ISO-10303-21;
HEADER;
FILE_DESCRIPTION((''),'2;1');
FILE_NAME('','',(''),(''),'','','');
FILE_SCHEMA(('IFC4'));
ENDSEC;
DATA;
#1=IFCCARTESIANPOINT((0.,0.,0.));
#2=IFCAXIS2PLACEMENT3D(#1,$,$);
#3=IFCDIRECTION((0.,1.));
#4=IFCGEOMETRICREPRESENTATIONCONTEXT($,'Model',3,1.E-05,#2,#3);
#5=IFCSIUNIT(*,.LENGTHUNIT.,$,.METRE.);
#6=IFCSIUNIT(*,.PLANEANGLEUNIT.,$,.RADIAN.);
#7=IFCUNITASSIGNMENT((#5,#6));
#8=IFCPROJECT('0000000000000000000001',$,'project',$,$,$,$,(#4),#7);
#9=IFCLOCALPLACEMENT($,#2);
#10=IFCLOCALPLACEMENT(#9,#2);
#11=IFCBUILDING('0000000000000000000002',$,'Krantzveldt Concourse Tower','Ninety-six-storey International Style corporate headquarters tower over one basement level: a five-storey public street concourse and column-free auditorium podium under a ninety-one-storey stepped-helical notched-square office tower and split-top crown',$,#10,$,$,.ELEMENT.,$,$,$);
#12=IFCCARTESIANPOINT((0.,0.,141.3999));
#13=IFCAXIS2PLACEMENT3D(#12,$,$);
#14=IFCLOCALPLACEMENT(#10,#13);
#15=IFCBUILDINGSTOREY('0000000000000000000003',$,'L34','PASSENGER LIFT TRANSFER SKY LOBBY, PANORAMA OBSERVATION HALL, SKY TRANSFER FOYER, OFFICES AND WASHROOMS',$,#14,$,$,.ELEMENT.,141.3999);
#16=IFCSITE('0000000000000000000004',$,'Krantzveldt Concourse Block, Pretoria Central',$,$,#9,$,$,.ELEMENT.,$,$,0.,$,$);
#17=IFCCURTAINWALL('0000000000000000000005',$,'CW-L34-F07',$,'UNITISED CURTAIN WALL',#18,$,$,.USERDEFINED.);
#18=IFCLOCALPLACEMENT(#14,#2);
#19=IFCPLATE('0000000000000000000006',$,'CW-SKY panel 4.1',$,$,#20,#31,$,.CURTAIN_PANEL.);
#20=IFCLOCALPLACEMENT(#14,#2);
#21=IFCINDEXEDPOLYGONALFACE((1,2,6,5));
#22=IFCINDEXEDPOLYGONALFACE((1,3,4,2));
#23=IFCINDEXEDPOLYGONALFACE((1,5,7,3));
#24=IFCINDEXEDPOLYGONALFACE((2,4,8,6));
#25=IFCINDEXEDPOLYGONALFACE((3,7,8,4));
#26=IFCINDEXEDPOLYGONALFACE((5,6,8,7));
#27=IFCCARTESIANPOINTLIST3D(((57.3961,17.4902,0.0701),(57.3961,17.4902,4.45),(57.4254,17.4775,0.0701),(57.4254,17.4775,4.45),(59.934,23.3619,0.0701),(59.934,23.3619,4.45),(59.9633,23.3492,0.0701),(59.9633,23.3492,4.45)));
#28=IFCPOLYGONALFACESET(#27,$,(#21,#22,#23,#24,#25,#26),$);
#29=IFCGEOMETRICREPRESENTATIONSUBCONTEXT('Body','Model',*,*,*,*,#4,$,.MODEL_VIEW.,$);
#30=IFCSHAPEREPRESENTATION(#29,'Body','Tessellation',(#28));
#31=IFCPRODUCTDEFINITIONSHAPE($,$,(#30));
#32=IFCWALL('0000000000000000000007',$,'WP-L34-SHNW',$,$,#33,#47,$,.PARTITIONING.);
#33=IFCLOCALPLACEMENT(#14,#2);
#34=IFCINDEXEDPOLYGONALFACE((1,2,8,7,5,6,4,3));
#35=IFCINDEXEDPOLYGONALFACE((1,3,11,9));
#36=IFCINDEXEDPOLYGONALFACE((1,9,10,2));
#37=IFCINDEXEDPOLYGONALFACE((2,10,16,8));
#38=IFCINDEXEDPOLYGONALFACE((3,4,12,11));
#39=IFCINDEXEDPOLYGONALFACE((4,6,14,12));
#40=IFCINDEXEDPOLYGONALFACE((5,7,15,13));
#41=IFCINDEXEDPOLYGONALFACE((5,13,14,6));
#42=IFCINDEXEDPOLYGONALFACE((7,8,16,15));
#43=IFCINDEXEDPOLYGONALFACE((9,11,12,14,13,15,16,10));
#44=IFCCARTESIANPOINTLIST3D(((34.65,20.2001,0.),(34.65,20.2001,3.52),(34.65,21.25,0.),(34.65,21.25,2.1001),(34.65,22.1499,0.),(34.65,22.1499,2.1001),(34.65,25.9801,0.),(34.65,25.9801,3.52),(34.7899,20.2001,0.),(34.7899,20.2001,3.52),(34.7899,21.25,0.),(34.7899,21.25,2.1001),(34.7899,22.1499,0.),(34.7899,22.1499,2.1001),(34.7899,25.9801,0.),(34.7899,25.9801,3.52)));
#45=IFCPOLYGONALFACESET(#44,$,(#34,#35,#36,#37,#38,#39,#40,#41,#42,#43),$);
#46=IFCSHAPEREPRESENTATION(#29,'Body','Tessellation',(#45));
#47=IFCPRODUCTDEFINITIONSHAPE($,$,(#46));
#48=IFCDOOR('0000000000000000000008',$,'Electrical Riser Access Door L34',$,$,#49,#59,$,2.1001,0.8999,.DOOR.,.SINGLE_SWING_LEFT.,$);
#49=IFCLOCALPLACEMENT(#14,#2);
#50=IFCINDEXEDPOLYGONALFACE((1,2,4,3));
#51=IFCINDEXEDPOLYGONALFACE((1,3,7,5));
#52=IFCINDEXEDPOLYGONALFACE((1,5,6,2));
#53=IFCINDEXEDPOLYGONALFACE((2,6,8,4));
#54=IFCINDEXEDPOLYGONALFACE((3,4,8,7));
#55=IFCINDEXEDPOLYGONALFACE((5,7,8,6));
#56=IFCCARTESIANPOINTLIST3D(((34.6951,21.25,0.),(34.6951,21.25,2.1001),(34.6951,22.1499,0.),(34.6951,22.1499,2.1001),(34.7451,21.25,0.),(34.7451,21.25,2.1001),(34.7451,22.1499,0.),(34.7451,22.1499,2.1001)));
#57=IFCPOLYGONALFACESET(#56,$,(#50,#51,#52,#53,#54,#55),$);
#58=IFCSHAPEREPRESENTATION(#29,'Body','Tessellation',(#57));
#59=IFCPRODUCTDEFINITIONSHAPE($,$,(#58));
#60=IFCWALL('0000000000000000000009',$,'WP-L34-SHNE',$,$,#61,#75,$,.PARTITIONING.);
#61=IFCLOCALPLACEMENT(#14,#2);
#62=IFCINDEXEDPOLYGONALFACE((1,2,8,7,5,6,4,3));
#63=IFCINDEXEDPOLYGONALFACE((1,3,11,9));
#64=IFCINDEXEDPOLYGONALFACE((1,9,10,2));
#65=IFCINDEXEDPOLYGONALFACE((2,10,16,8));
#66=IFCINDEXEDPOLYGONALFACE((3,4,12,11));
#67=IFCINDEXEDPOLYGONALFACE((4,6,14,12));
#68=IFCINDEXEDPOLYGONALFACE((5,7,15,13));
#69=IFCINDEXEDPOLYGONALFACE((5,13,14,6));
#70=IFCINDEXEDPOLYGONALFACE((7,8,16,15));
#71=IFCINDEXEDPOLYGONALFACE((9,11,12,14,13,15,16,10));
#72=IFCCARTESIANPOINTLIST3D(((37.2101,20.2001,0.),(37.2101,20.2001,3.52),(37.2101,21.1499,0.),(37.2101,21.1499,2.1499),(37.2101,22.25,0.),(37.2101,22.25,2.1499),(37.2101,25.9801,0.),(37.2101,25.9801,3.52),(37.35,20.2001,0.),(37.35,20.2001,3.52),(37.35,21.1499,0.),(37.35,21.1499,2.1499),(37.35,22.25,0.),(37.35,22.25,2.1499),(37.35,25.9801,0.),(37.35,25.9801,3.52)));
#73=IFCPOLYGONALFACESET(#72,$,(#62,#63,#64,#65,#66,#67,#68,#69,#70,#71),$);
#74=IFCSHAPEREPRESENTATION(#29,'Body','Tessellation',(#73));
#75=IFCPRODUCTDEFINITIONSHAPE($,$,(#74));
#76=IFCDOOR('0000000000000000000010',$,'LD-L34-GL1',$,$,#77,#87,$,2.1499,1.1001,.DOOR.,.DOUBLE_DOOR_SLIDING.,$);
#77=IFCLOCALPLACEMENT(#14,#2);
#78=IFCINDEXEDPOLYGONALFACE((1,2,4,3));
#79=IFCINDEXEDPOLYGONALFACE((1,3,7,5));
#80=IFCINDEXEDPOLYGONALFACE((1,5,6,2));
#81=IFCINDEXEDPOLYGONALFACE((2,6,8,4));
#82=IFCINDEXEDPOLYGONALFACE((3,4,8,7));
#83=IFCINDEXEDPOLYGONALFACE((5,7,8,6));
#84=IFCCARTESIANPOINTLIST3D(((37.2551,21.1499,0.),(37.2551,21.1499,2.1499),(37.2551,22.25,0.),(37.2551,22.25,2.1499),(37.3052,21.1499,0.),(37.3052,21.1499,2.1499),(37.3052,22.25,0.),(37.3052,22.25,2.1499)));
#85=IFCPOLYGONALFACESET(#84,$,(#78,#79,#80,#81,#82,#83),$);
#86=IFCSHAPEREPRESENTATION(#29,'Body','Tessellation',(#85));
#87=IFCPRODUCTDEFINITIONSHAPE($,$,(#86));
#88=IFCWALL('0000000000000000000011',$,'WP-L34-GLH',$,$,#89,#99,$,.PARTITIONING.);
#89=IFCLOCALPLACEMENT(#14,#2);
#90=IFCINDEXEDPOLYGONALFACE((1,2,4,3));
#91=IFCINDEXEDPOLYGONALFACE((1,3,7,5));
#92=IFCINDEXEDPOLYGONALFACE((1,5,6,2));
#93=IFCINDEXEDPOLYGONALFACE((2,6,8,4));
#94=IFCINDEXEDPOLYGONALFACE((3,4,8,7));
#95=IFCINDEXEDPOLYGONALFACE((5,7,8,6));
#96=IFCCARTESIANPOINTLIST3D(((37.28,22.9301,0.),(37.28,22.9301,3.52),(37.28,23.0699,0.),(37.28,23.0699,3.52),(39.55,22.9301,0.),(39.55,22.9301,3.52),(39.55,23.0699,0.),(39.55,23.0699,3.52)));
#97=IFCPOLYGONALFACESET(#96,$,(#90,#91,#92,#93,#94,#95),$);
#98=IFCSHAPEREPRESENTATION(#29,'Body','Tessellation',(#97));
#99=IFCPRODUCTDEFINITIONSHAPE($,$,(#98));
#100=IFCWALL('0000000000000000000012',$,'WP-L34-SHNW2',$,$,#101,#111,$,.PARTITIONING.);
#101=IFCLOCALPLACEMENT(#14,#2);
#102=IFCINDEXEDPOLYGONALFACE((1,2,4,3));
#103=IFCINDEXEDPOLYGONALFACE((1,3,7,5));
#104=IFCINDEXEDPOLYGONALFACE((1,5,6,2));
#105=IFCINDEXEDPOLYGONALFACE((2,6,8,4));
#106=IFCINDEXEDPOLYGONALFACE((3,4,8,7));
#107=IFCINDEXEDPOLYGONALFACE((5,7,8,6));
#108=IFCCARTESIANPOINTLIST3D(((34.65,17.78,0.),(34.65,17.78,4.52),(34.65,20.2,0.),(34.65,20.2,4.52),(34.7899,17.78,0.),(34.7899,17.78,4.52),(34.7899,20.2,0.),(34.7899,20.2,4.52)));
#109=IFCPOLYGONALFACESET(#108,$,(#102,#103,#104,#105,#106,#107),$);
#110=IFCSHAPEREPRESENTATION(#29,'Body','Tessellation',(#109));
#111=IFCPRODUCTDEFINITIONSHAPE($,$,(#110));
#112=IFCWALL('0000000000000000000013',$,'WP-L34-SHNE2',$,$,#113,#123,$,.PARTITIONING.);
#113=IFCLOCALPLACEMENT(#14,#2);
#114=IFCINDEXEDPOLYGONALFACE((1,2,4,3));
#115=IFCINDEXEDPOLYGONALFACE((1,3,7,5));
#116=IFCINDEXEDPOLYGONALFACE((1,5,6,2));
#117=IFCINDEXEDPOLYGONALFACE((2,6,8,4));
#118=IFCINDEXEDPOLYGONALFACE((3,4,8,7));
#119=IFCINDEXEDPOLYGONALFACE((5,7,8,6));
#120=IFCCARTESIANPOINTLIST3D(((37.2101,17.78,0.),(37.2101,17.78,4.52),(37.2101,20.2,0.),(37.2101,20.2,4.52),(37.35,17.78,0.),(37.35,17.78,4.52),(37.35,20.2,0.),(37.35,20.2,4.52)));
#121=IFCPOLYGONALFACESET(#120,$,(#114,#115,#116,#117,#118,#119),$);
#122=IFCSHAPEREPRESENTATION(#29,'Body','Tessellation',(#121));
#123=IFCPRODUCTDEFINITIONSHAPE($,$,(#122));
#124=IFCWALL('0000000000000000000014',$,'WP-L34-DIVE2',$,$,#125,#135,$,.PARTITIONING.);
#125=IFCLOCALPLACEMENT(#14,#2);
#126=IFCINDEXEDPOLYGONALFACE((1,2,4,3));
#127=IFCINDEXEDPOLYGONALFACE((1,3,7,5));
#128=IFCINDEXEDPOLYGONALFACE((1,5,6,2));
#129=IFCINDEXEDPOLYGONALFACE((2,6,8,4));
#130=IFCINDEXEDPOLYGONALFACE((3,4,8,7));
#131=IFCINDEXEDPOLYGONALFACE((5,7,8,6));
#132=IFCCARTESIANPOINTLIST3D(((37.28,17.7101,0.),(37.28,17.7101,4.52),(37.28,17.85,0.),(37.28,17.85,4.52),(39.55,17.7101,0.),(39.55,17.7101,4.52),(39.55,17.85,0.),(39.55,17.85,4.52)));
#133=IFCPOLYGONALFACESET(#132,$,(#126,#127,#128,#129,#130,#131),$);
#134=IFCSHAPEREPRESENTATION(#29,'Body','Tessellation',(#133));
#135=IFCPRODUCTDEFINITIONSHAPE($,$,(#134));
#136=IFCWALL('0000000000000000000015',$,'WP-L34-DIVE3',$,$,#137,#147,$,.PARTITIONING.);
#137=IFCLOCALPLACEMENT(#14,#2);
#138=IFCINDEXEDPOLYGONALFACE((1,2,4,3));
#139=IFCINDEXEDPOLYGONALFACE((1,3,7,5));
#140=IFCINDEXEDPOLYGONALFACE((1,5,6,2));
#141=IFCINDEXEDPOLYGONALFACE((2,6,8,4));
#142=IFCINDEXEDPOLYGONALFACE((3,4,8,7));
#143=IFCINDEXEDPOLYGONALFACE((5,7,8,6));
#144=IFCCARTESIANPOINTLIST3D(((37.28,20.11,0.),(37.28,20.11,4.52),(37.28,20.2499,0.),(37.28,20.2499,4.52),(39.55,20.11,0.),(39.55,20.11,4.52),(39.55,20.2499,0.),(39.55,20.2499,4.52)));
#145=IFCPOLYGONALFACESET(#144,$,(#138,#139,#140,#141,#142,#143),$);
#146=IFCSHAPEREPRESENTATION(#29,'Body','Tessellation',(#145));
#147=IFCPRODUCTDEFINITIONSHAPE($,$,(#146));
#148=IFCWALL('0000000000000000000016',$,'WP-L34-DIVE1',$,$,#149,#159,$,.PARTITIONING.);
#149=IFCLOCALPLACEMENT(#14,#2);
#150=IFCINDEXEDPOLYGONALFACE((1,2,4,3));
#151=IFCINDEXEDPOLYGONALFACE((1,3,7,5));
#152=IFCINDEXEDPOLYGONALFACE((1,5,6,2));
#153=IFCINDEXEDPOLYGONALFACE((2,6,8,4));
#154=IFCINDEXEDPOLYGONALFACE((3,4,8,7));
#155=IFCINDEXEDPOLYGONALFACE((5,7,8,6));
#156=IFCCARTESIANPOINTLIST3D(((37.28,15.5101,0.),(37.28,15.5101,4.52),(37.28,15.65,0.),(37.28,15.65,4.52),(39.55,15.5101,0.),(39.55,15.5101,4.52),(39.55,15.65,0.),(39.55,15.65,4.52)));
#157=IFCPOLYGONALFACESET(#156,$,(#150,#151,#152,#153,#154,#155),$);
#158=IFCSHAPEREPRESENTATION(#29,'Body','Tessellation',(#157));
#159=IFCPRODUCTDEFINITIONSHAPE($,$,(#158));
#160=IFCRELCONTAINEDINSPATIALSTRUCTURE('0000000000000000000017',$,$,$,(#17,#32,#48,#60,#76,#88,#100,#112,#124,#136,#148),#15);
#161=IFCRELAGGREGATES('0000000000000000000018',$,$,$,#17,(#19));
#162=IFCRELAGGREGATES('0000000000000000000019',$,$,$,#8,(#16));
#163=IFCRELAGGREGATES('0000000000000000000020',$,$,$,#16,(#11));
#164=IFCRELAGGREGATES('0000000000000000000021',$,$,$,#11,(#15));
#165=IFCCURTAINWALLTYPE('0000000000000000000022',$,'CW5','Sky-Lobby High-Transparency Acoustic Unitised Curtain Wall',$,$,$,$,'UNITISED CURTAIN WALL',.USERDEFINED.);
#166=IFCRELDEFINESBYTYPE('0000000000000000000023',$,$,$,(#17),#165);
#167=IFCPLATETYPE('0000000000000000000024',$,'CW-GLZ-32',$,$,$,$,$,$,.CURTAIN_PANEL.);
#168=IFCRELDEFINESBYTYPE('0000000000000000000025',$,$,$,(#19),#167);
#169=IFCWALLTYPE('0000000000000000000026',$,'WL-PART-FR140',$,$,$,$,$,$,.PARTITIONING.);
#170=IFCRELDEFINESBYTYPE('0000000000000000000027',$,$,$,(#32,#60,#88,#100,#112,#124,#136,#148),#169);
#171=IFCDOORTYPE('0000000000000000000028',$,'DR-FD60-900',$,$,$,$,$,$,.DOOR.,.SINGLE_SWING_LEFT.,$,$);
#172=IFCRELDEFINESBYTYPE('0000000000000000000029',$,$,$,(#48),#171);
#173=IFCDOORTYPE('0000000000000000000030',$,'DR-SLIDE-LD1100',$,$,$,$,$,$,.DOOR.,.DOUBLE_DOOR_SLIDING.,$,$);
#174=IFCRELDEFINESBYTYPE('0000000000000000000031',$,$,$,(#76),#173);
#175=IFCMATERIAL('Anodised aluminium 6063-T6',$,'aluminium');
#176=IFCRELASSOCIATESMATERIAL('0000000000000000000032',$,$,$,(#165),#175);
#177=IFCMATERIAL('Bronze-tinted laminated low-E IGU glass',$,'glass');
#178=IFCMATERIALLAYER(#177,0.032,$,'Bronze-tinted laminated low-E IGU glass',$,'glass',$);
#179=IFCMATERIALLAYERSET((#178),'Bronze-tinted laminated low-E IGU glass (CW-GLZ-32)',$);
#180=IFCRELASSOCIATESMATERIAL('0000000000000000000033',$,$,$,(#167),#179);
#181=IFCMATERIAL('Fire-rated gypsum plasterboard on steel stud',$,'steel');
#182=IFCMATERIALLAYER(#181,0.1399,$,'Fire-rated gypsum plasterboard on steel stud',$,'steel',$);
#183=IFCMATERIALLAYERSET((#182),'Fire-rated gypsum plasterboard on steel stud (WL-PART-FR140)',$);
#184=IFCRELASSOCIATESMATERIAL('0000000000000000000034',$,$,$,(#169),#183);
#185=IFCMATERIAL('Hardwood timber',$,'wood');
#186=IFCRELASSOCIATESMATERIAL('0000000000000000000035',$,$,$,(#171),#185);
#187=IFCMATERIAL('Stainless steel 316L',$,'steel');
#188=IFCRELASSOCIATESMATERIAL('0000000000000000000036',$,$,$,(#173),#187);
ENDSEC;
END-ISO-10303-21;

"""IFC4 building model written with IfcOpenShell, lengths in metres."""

from ifc_helpers import new_model, si_unit, direction, frame, frame_2d, origin, origin_2d, place, context, subcontext, project, spatial, rectangle, extrude, source, transform, mapped, material, layer, layer_set, type_object, type_shapes, element, fill, aggregate, save


model = new_model("IFC4")

# Units and contexts
model_context = context("Model", 3, precision=1e-05, world=origin(), true_north=direction((0.0, 1.0)))
body_context = subcontext(model_context, "Body", "Model", "MODEL_VIEW")
ifc_project = project(units=[si_unit("LENGTHUNIT", "METRE"), si_unit("PLANEANGLEUNIT", "RADIAN")], contexts=[model_context])

# Site, building, storey
site_placement = place(None, origin())
site = spatial("IfcSite", under=ifc_project, at=site_placement, Name="Krantzveldt Concourse Block, Pretoria Central", CompositionType="ELEMENT", RefElevation=0.0)
building_placement = place(site_placement, origin())
building = spatial("IfcBuilding", under=site, at=building_placement, Name="Krantzveldt Concourse Tower", Description="Ninety-six-storey International Style corporate headquarters tower over one basement level: a five-storey public street concourse and column-free auditorium podium under a ninety-one-storey stepped-helical notched-square office tower and split-top crown", CompositionType="ELEMENT")
storey_placement = place(building_placement, frame((0.0, 0.0, 141.3999)))
storey = spatial("IfcBuildingStorey", under=building, at=storey_placement, Name="L34", Description="PASSENGER LIFT TRANSFER SKY LOBBY, PANORAMA OBSERVATION HALL, SKY TRANSFER FOYER, OFFICES AND WASHROOMS", CompositionType="ELEMENT", Elevation=141.3999)

# Curtain wall, plate
ifc_material_1 = material(Name="Anodised aluminium 6063-T6", Category="aluminium")
curtain_wall_type = type_object("IfcCurtainWallType", Name="CW5", Description="Sky-Lobby High-Transparency Acoustic Unitised Curtain Wall", ElementType="UNITISED CURTAIN WALL", PredefinedType="USERDEFINED", material=ifc_material_1)
curtain_wall_placement = place(storey_placement, origin())
curtain_wall = element("IfcCurtainWall", 1, at=curtain_wall_placement, inside=storey, type_object=curtain_wall_type, Name="CW-L34-F07", ObjectType="UNITISED CURTAIN WALL", PredefinedType="USERDEFINED")
ifc_material_2 = material(Name="Bronze-tinted laminated low-E IGU glass", Category="glass")
ifc_layer_1 = layer(ifc_material_2, 0.032, Name="Bronze-tinted laminated low-E IGU glass", Category="glass")
ifc_layer_set_1 = layer_set([ifc_layer_1], Name="Bronze-tinted laminated low-E IGU glass (CW-GLZ-32)")
plate_type = type_object("IfcPlateType", Name="CW-GLZ-32", PredefinedType="CURTAIN_PANEL", material=ifc_layer_set_1)
shared_shape_1 = source(origin(), body_context, "Body", "SweptSolid", [
    extrude(rectangle(XDim=6.3967, YDim=0.032, at=origin_2d()), origin(), (0.0, 0.0, 1.0), 4.3799),
])
type_shapes(plate_type, [shared_shape_1])
plate_1_placement = place(storey_placement, frame((58.6797, 20.4197, 0.0701), z_axis=(0.0, 0.0, 1.0), x_axis=(0.396747, 0.917928, 0.0)))
plate_1 = element("IfcPlate", 2, at=plate_1_placement, type_object=plate_type, Name="CW-SKY panel 4.1", PredefinedType="CURTAIN_PANEL", context=body_context, shape_type="MappedRepresentation", body=[
    mapped(shared_shape_1, transform((0.0, 0.0, 0.0), x_axis=(1.0, 0.0, 0.0), y_axis=(0.0, 1.0, 0.0), z_axis=(0.0, 0.0, 1.0), scale=1.0)),
])
aggregate(curtain_wall, [plate_1])

# Walls, openings, doors
ifc_material_3 = material(Name="Fire-rated gypsum plasterboard on steel stud", Category="steel")
ifc_layer_2 = layer(ifc_material_3, 0.1399, Name="Fire-rated gypsum plasterboard on steel stud", Category="steel")
ifc_layer_set_2 = layer_set([ifc_layer_2], Name="Fire-rated gypsum plasterboard on steel stud (WL-PART-FR140)")
wall_type_1 = type_object("IfcWallType", Name="WL-PART-FR140", PredefinedType="PARTITIONING", material=ifc_layer_set_2)
wall_1_placement = place(storey_placement, frame((34.72, 20.2, 0.0), z_axis=(0.0, 0.0, 1.0), x_axis=(0.0, 1.0, 0.0)))
wall_1 = element("IfcWall", 3, at=wall_1_placement, inside=storey, type_object=wall_type_1, Name="WP-L34-SHNW", PredefinedType="PARTITIONING", context=body_context, shape_type="SweptSolid", body=[
    extrude(rectangle(XDim=5.78, YDim=0.1399, at=frame_2d((2.8901, 0.0))), origin(), (0.0, 0.0, 1.0), 3.52),
])
opening_1_placement = place(wall_1_placement, frame((1.05, 0.0, 0.0)))
opening_1 = element("IfcOpeningElement", 4, at=opening_1_placement, cuts=wall_1, PredefinedType="OPENING", context=body_context, shape_type="SweptSolid", body=[
    extrude(rectangle(XDim=0.8999, YDim=2.1001, at=frame_2d((0.45, 1.05))), frame((0.0, 0.0801, 0.0), z_axis=(0.0, -1.0, 0.0), x_axis=(1.0, 0.0, 0.0)), (0.0, 0.0, 1.0), 0.1599),
])
ifc_material_4 = material(Name="Hardwood timber", Category="wood")
door_type_1 = type_object("IfcDoorType", Name="DR-FD60-900", OperationType="SINGLE_SWING_LEFT", PredefinedType="DOOR", material=ifc_material_4)
door_1_placement = place(opening_1_placement, origin())
door_1 = element("IfcDoor", 5, at=door_1_placement, inside=storey, type_object=door_type_1, Name="Electrical Riser Access Door L34", OperationType="SINGLE_SWING_LEFT", OverallHeight=2.1001, OverallWidth=0.8999, PredefinedType="DOOR", context=body_context, shape_type="SweptSolid", body=[
    extrude(rectangle(XDim=0.8999, YDim=2.1001, at=frame_2d((0.45, 1.05))), frame((0.0, 0.0249, 0.0), z_axis=(0.0, -1.0, 0.0), x_axis=(1.0, 0.0, 0.0)), (0.0, 0.0, 1.0), 0.05),
])
fill(opening_1, door_1)
wall_2_placement = place(storey_placement, frame((37.28, 20.2, 0.0), z_axis=(0.0, 0.0, 1.0), x_axis=(0.0, 1.0, 0.0)))
wall_2 = element("IfcWall", 6, at=wall_2_placement, inside=storey, type_object=wall_type_1, Name="WP-L34-SHNE", PredefinedType="PARTITIONING", context=body_context, shape_type="SweptSolid", body=[
    extrude(rectangle(XDim=5.78, YDim=0.1399, at=frame_2d((2.8901, 0.0))), origin(), (0.0, 0.0, 1.0), 3.52),
])
opening_2_placement = place(wall_2_placement, frame((0.95, 0.0, 0.0)))
opening_2 = element("IfcOpeningElement", 7, at=opening_2_placement, cuts=wall_2, PredefinedType="OPENING", context=body_context, shape_type="SweptSolid", body=[
    extrude(rectangle(XDim=1.1001, YDim=2.1499, at=frame_2d((0.55, 1.075))), frame((0.0, 0.0801, 0.0), z_axis=(0.0, -1.0, 0.0), x_axis=(1.0, 0.0, 0.0)), (0.0, 0.0, 1.0), 0.1599),
])
ifc_material_5 = material(Name="Stainless steel 316L", Category="steel")
door_type_2 = type_object("IfcDoorType", Name="DR-SLIDE-LD1100", OperationType="DOUBLE_DOOR_SLIDING", PredefinedType="DOOR", material=ifc_material_5)
door_2_placement = place(opening_2_placement, origin())
door_2 = element("IfcDoor", 8, at=door_2_placement, inside=storey, type_object=door_type_2, Name="LD-L34-GL1", OperationType="DOUBLE_DOOR_SLIDING", OverallHeight=2.1499, OverallWidth=1.1001, PredefinedType="DOOR", context=body_context, shape_type="SweptSolid", body=[
    extrude(rectangle(XDim=1.1001, YDim=2.1499, at=frame_2d((0.55, 1.075))), frame((0.0, 0.0249, 0.0), z_axis=(0.0, -1.0, 0.0), x_axis=(1.0, 0.0, 0.0)), (0.0, 0.0, 1.0), 0.05),
])
fill(opening_2, door_2)

# Walls
wall_3_placement = place(storey_placement, frame((37.28, 23.0, 0.0), z_axis=(0.0, 0.0, 1.0), x_axis=(1.0, 0.0, 0.0)))
element("IfcWall", 9, at=wall_3_placement, inside=storey, type_object=wall_type_1, Name="WP-L34-GLH", PredefinedType="PARTITIONING", context=body_context, shape_type="SweptSolid", body=[
    extrude(rectangle(XDim=2.27, YDim=0.1399, at=frame_2d((1.135, 0.0))), origin(), (0.0, 0.0, 1.0), 3.52),
])
for number, where, z_axis, x_axis, name in (
    (10, (34.72, 17.78, 0.0), (0.0, 0.0, 1.0), (0.0, 1.0, 0.0), "WP-L34-SHNW2"),
    (11, (37.28, 17.78, 0.0), (0.0, 0.0, 1.0), (0.0, 1.0, 0.0), "WP-L34-SHNE2"),
):
    element("IfcWall", number, at=place(storey_placement, frame(where, z_axis=z_axis, x_axis=x_axis)), inside=storey, type_object=wall_type_1, Name=name, PredefinedType="PARTITIONING", context=body_context, shape_type="SweptSolid", body=[
        extrude(rectangle(XDim=2.4199, YDim=0.1399, at=frame_2d((1.21, 0.0))), origin(), (0.0, 0.0, 1.0), 4.52),
    ])
for number, where, z_axis, x_axis, name in (
    (12, (37.28, 17.78, 0.0), (0.0, 0.0, 1.0), (1.0, 0.0, 0.0), "WP-L34-DIVE2"),
    (13, (37.28, 20.1799, 0.0), (0.0, 0.0, 1.0), (1.0, 0.0, 0.0), "WP-L34-DIVE3"),
    (14, (37.28, 15.5801, 0.0), (0.0, 0.0, 1.0), (1.0, 0.0, 0.0), "WP-L34-DIVE1"),
):
    element("IfcWall", number, at=place(storey_placement, frame(where, z_axis=z_axis, x_axis=x_axis)), inside=storey, type_object=wall_type_1, Name=name, PredefinedType="PARTITIONING", context=body_context, shape_type="SweptSolid", body=[
        extrude(rectangle(XDim=2.27, YDim=0.1399, at=frame_2d((1.135, 0.0))), origin(), (0.0, 0.0, 1.0), 4.52),
    ])

save(model, "model.ifc")
